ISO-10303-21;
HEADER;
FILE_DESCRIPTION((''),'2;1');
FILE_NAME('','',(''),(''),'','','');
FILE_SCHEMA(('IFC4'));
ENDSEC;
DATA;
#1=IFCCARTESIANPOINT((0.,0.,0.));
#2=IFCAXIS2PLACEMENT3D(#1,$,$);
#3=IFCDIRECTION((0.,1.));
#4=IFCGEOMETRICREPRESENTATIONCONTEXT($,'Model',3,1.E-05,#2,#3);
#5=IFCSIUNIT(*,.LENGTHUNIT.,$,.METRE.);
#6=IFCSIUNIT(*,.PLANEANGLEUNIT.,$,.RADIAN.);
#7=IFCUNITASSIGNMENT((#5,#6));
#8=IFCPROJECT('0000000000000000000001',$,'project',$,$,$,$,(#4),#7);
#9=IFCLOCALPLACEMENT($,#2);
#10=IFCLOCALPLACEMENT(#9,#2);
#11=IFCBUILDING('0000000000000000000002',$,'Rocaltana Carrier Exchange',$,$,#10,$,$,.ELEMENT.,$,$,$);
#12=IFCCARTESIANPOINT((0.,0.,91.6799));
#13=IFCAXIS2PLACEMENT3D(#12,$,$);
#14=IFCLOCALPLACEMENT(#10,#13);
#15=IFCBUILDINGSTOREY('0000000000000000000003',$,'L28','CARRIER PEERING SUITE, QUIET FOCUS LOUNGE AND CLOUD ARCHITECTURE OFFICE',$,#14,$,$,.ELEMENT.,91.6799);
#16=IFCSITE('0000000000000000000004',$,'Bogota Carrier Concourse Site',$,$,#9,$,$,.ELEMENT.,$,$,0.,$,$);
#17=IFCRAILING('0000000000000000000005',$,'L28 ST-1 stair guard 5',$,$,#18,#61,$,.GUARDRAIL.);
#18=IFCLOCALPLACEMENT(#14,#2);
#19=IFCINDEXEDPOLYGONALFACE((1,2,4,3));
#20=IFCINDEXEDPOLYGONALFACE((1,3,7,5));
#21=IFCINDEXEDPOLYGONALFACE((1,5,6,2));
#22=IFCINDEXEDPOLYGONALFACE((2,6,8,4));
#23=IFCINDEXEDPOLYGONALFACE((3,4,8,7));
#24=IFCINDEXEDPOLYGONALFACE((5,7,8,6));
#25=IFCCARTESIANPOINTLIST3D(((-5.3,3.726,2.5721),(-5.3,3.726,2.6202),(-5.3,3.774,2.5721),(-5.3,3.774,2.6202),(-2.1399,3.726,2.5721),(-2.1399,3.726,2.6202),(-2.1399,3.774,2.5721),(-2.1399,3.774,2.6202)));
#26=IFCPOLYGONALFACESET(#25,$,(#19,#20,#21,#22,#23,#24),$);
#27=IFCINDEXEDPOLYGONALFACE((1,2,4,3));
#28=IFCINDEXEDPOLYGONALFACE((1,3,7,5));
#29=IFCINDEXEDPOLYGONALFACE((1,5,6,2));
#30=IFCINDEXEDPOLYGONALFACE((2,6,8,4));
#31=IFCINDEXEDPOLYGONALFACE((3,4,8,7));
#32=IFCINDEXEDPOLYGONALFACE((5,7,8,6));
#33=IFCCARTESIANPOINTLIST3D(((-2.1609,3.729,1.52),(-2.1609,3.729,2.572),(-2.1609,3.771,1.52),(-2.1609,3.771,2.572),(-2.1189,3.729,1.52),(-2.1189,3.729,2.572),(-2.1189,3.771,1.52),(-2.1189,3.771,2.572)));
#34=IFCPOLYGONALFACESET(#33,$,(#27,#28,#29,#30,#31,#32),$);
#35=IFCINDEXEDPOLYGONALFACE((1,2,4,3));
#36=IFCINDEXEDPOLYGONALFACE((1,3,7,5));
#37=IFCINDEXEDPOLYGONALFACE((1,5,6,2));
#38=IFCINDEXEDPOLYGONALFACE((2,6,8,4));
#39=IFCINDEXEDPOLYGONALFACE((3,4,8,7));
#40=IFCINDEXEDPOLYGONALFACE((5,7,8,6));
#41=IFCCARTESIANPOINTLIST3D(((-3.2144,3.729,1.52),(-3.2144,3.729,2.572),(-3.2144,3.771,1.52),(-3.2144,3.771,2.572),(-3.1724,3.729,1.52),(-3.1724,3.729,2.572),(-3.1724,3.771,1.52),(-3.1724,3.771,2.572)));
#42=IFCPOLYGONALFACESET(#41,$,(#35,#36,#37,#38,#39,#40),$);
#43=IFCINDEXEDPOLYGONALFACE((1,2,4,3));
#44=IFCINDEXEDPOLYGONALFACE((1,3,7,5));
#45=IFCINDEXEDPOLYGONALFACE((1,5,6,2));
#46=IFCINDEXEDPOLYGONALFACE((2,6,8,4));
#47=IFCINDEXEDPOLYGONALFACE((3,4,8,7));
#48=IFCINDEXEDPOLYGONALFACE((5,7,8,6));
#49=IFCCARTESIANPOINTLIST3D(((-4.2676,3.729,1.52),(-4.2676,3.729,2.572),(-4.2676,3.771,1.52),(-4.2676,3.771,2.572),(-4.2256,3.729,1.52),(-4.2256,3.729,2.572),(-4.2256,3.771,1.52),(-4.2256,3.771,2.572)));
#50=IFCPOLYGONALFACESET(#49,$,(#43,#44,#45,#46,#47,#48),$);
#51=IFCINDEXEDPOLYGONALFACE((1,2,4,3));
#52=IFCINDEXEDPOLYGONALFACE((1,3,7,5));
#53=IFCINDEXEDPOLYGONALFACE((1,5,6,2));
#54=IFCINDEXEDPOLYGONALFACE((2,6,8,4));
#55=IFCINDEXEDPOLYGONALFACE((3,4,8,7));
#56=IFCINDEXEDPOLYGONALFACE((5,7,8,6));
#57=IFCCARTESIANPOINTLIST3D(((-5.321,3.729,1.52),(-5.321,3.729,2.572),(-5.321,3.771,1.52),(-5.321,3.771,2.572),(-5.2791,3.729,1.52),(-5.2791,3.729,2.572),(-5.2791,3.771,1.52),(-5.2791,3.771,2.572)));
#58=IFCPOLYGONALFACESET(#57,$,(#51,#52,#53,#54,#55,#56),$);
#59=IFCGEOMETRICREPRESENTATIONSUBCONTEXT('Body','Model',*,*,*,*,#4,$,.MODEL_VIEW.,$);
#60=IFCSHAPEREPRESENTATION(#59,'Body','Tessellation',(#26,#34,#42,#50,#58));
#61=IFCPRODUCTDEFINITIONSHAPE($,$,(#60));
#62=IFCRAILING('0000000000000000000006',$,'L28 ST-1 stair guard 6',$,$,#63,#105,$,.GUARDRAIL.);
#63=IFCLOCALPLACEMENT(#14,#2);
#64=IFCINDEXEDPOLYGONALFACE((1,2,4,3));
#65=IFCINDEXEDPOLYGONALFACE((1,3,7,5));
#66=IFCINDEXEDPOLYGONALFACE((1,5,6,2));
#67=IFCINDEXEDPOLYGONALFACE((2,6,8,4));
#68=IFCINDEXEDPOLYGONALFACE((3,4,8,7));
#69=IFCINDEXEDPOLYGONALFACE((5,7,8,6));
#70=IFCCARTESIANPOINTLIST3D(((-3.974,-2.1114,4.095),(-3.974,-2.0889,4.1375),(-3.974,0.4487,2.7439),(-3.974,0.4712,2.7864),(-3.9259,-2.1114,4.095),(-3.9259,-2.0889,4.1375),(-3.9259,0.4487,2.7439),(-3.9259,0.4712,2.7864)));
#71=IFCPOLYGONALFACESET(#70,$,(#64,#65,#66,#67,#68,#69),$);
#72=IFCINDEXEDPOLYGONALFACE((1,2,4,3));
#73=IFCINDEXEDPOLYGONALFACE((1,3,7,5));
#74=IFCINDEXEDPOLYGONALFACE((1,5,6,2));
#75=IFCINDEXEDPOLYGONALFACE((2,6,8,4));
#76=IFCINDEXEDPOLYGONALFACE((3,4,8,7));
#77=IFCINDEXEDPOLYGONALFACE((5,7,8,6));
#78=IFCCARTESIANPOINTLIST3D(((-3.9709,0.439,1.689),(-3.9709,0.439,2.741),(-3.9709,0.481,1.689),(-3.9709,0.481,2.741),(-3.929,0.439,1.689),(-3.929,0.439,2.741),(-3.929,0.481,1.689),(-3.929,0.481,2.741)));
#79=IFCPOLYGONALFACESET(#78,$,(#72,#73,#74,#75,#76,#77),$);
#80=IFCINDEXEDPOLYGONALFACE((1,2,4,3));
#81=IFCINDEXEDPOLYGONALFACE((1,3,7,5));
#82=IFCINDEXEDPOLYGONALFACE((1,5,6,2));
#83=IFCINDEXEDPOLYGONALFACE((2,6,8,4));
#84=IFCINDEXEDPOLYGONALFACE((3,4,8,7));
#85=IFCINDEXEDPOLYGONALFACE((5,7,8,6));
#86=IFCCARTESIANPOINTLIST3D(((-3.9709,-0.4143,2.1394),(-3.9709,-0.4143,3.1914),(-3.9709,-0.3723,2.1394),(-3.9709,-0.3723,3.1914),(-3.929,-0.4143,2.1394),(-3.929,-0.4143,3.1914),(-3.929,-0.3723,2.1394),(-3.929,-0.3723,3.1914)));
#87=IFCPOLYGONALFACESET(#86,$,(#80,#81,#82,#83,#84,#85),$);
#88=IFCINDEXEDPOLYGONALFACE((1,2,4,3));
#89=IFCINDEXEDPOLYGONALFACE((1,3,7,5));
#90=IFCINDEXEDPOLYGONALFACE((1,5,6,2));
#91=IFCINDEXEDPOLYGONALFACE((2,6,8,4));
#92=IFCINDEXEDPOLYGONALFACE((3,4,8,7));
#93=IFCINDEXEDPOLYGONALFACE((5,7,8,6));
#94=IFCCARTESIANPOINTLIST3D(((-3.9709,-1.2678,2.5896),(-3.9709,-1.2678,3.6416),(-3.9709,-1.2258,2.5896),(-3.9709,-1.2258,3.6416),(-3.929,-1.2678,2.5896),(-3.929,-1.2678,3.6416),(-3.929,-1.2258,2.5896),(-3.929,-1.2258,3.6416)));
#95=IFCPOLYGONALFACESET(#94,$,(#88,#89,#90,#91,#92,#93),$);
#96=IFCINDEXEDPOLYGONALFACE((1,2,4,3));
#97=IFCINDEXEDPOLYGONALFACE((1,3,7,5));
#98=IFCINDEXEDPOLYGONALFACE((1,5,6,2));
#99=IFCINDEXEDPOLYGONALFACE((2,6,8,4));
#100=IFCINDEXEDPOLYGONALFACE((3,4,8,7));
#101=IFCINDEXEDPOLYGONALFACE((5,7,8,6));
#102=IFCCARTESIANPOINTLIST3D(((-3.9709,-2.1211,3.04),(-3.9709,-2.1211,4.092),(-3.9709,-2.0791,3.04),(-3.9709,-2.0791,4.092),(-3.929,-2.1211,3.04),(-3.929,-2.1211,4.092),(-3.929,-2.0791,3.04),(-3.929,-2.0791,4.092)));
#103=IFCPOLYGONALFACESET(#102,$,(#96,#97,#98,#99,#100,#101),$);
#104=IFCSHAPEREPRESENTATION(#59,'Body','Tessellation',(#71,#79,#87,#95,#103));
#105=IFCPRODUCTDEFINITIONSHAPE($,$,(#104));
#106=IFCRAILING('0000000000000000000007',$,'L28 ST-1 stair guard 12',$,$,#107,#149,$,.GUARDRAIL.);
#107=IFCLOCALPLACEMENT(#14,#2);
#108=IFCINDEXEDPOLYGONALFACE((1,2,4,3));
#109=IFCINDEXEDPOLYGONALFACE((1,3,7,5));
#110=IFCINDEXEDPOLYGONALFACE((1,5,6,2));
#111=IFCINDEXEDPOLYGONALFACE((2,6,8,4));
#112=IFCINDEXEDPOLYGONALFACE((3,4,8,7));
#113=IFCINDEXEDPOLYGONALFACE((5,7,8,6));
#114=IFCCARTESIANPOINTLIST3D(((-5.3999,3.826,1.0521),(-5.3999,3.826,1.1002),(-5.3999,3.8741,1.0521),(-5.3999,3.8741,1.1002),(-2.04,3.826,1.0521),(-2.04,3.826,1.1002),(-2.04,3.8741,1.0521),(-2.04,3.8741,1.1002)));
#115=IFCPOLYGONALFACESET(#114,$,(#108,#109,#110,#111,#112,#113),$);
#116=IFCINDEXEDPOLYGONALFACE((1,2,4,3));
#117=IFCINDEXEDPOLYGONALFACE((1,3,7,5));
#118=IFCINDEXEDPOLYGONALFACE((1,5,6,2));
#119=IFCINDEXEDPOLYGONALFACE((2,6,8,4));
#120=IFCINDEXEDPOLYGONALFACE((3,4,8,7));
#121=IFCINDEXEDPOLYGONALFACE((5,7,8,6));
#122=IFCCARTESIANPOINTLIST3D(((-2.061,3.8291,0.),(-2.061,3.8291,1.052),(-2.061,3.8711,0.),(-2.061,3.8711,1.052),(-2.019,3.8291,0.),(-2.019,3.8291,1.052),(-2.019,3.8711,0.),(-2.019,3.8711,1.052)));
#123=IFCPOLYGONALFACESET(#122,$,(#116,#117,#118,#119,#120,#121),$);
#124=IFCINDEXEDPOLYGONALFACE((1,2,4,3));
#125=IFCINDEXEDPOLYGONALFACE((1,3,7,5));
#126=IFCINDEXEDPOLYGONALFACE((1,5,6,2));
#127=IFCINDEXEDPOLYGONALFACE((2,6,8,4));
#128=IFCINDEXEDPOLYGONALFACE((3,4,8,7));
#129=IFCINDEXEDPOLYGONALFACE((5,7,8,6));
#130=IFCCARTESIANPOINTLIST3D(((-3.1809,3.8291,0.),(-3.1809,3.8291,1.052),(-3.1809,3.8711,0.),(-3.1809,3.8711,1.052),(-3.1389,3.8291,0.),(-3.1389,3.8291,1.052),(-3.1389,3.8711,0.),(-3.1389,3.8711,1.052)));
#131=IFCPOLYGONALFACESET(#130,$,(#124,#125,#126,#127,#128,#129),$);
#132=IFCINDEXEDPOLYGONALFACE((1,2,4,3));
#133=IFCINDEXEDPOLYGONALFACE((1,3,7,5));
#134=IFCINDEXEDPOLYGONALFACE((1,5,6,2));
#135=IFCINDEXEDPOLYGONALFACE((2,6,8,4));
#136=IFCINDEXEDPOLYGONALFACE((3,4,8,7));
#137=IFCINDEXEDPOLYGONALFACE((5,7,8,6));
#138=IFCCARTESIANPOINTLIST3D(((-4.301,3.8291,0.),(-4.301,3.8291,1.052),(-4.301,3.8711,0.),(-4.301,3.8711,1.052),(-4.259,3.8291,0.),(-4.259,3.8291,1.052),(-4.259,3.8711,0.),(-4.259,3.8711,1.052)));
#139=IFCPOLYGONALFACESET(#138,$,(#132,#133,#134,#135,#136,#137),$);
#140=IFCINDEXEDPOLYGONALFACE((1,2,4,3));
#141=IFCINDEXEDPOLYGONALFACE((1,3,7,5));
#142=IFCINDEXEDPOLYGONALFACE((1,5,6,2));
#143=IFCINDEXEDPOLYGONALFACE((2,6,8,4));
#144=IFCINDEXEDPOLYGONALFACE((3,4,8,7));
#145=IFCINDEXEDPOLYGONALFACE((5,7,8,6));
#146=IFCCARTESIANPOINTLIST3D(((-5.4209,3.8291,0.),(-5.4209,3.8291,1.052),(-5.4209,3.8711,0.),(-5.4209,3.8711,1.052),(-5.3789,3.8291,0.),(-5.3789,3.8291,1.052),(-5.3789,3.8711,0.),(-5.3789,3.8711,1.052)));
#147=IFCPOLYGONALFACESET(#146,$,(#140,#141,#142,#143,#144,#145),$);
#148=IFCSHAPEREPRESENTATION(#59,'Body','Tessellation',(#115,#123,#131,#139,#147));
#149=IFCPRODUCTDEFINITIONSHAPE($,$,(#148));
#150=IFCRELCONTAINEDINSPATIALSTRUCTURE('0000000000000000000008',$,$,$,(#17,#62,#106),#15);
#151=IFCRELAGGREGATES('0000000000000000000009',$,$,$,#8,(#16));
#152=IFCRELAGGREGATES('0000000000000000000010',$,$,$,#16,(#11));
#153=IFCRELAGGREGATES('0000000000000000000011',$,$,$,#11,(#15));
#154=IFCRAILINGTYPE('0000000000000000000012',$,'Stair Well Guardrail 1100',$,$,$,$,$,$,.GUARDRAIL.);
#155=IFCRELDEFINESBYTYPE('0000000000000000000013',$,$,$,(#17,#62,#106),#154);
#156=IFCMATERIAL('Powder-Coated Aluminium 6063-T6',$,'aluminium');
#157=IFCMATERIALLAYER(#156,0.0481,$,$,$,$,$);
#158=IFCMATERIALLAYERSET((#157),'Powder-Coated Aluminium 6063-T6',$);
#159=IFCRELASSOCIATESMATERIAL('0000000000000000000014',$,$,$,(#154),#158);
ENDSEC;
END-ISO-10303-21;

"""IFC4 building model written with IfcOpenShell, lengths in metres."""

from ifc_helpers import new_model, si_unit, direction, frame, origin, origin_2d, place, context, subcontext, project, spatial, rectangle, extrude, material, layer, layer_set, type_object, element, save


model = new_model("IFC4")

# Units and contexts
model_context = context("Model", 3, precision=1e-05, world=origin(), true_north=direction((0.0, 1.0)))
body_context = subcontext(model_context, "Body", "Model", "MODEL_VIEW")
ifc_project = project(units=[si_unit("LENGTHUNIT", "METRE"), si_unit("PLANEANGLEUNIT", "RADIAN")], contexts=[model_context])

# Site, building, storey
site_placement = place(None, origin())
site = spatial("IfcSite", under=ifc_project, at=site_placement, Name="Bogota Carrier Concourse Site", CompositionType="ELEMENT", RefElevation=0.0)
building_placement = place(site_placement, origin())
building = spatial("IfcBuilding", under=site, at=building_placement, Name="Rocaltana Carrier Exchange", CompositionType="ELEMENT")
storey_placement = place(building_placement, frame((0.0, 0.0, 91.6799)))
storey = spatial("IfcBuildingStorey", under=building, at=storey_placement, Name="L28", Description="CARRIER PEERING SUITE, QUIET FOCUS LOUNGE AND CLOUD ARCHITECTURE OFFICE", CompositionType="ELEMENT", Elevation=91.6799)

# Railings
ifc_material_1 = material(Name="Powder-Coated Aluminium 6063-T6", Category="aluminium")
ifc_layer_1 = layer(ifc_material_1, 0.0481)
ifc_layer_set_1 = layer_set([ifc_layer_1], Name="Powder-Coated Aluminium 6063-T6")
railing_type_1 = type_object("IfcRailingType", Name="Stair Well Guardrail 1100", PredefinedType="GUARDRAIL", material=ifc_layer_set_1)
railing_1_placement = place(storey_placement, frame((-2.1399, 3.75, 1.52)))
element("IfcRailing", 1, at=railing_1_placement, inside=storey, type_object=railing_type_1, Name="L28 ST-1 stair guard 5", PredefinedType="GUARDRAIL", context=body_context, shape_type="SweptSolid", body=[
    extrude(rectangle(XDim=0.0481, YDim=0.0481, at=origin_2d()), frame((0.0, 0.0, 1.0762), z_axis=(-1.0, 0.0, 0.0), x_axis=(0.0, -1.0, 0.0)), (0.0, 0.0, 1.0), 3.1602),
    extrude(rectangle(XDim=0.042, YDim=0.042, at=origin_2d()), origin(), (0.0, 0.0, 1.0), 1.052),
    extrude(rectangle(XDim=0.042, YDim=0.042, at=origin_2d()), frame((-1.0535, 0.0, 0.0)), (0.0, 0.0, 1.0), 1.052),
    extrude(rectangle(XDim=0.042, YDim=0.042, at=origin_2d()), frame((-2.1067, 0.0, 0.0)), (0.0, 0.0, 1.0), 1.052),
    extrude(rectangle(XDim=0.042, YDim=0.042, at=origin_2d()), frame((-3.1602, 0.0, 0.0)), (0.0, 0.0, 1.0), 1.052),
])
railing_2_placement = place(storey_placement, frame((-3.95, 0.46, 1.689)))
element("IfcRailing", 2, at=railing_2_placement, inside=storey, type_object=railing_type_1, Name="L28 ST-1 stair guard 6", PredefinedType="GUARDRAIL", context=body_context, shape_type="SweptSolid", body=[
    extrude(rectangle(XDim=0.0481, YDim=0.0481, at=origin_2d()), frame((0.0, 0.0, 1.0762), z_axis=(0.0, -0.884394, 0.46674), x_axis=(1.0, 0.0, 0.0)), (0.0, 0.0, 1.0), 2.8948),
    extrude(rectangle(XDim=0.042, YDim=0.042, at=origin_2d()), origin(), (0.0, 0.0, 1.0), 1.052),
    extrude(rectangle(XDim=0.042, YDim=0.042, at=origin_2d()), frame((0.0, -0.8533, 0.4504)), (0.0, 0.0, 1.0), 1.052),
    extrude(rectangle(XDim=0.042, YDim=0.042, at=origin_2d()), frame((0.0, -1.7068, 0.9006)), (0.0, 0.0, 1.0), 1.052),
    extrude(rectangle(XDim=0.042, YDim=0.042, at=origin_2d()), frame((0.0, -2.5601, 1.3511)), (0.0, 0.0, 1.0), 1.052),
])
railing_3_placement = place(storey_placement, frame((-2.04, 3.8501, 0.0)))
element("IfcRailing", 3, at=railing_3_placement, inside=storey, type_object=railing_type_1, Name="L28 ST-1 stair guard 12", PredefinedType="GUARDRAIL", context=body_context, shape_type="SweptSolid", body=[
    extrude(rectangle(XDim=0.0481, YDim=0.0481, at=origin_2d()), frame((0.0, 0.0, 1.0762), z_axis=(-1.0, 0.0, 0.0), x_axis=(0.0, -1.0, 0.0)), (0.0, 0.0, 1.0), 3.3599),
    extrude(rectangle(XDim=0.042, YDim=0.042, at=origin_2d()), origin(), (0.0, 0.0, 1.0), 1.052),
    extrude(rectangle(XDim=0.042, YDim=0.042, at=origin_2d()), frame((-1.1199, 0.0, 0.0)), (0.0, 0.0, 1.0), 1.052),
    extrude(rectangle(XDim=0.042, YDim=0.042, at=origin_2d()), frame((-2.24, 0.0, 0.0)), (0.0, 0.0, 1.0), 1.052),
    extrude(rectangle(XDim=0.042, YDim=0.042, at=origin_2d()), frame((-3.3599, 0.0, 0.0)), (0.0, 0.0, 1.0), 1.052),
])

save(model, "model.ifc")
